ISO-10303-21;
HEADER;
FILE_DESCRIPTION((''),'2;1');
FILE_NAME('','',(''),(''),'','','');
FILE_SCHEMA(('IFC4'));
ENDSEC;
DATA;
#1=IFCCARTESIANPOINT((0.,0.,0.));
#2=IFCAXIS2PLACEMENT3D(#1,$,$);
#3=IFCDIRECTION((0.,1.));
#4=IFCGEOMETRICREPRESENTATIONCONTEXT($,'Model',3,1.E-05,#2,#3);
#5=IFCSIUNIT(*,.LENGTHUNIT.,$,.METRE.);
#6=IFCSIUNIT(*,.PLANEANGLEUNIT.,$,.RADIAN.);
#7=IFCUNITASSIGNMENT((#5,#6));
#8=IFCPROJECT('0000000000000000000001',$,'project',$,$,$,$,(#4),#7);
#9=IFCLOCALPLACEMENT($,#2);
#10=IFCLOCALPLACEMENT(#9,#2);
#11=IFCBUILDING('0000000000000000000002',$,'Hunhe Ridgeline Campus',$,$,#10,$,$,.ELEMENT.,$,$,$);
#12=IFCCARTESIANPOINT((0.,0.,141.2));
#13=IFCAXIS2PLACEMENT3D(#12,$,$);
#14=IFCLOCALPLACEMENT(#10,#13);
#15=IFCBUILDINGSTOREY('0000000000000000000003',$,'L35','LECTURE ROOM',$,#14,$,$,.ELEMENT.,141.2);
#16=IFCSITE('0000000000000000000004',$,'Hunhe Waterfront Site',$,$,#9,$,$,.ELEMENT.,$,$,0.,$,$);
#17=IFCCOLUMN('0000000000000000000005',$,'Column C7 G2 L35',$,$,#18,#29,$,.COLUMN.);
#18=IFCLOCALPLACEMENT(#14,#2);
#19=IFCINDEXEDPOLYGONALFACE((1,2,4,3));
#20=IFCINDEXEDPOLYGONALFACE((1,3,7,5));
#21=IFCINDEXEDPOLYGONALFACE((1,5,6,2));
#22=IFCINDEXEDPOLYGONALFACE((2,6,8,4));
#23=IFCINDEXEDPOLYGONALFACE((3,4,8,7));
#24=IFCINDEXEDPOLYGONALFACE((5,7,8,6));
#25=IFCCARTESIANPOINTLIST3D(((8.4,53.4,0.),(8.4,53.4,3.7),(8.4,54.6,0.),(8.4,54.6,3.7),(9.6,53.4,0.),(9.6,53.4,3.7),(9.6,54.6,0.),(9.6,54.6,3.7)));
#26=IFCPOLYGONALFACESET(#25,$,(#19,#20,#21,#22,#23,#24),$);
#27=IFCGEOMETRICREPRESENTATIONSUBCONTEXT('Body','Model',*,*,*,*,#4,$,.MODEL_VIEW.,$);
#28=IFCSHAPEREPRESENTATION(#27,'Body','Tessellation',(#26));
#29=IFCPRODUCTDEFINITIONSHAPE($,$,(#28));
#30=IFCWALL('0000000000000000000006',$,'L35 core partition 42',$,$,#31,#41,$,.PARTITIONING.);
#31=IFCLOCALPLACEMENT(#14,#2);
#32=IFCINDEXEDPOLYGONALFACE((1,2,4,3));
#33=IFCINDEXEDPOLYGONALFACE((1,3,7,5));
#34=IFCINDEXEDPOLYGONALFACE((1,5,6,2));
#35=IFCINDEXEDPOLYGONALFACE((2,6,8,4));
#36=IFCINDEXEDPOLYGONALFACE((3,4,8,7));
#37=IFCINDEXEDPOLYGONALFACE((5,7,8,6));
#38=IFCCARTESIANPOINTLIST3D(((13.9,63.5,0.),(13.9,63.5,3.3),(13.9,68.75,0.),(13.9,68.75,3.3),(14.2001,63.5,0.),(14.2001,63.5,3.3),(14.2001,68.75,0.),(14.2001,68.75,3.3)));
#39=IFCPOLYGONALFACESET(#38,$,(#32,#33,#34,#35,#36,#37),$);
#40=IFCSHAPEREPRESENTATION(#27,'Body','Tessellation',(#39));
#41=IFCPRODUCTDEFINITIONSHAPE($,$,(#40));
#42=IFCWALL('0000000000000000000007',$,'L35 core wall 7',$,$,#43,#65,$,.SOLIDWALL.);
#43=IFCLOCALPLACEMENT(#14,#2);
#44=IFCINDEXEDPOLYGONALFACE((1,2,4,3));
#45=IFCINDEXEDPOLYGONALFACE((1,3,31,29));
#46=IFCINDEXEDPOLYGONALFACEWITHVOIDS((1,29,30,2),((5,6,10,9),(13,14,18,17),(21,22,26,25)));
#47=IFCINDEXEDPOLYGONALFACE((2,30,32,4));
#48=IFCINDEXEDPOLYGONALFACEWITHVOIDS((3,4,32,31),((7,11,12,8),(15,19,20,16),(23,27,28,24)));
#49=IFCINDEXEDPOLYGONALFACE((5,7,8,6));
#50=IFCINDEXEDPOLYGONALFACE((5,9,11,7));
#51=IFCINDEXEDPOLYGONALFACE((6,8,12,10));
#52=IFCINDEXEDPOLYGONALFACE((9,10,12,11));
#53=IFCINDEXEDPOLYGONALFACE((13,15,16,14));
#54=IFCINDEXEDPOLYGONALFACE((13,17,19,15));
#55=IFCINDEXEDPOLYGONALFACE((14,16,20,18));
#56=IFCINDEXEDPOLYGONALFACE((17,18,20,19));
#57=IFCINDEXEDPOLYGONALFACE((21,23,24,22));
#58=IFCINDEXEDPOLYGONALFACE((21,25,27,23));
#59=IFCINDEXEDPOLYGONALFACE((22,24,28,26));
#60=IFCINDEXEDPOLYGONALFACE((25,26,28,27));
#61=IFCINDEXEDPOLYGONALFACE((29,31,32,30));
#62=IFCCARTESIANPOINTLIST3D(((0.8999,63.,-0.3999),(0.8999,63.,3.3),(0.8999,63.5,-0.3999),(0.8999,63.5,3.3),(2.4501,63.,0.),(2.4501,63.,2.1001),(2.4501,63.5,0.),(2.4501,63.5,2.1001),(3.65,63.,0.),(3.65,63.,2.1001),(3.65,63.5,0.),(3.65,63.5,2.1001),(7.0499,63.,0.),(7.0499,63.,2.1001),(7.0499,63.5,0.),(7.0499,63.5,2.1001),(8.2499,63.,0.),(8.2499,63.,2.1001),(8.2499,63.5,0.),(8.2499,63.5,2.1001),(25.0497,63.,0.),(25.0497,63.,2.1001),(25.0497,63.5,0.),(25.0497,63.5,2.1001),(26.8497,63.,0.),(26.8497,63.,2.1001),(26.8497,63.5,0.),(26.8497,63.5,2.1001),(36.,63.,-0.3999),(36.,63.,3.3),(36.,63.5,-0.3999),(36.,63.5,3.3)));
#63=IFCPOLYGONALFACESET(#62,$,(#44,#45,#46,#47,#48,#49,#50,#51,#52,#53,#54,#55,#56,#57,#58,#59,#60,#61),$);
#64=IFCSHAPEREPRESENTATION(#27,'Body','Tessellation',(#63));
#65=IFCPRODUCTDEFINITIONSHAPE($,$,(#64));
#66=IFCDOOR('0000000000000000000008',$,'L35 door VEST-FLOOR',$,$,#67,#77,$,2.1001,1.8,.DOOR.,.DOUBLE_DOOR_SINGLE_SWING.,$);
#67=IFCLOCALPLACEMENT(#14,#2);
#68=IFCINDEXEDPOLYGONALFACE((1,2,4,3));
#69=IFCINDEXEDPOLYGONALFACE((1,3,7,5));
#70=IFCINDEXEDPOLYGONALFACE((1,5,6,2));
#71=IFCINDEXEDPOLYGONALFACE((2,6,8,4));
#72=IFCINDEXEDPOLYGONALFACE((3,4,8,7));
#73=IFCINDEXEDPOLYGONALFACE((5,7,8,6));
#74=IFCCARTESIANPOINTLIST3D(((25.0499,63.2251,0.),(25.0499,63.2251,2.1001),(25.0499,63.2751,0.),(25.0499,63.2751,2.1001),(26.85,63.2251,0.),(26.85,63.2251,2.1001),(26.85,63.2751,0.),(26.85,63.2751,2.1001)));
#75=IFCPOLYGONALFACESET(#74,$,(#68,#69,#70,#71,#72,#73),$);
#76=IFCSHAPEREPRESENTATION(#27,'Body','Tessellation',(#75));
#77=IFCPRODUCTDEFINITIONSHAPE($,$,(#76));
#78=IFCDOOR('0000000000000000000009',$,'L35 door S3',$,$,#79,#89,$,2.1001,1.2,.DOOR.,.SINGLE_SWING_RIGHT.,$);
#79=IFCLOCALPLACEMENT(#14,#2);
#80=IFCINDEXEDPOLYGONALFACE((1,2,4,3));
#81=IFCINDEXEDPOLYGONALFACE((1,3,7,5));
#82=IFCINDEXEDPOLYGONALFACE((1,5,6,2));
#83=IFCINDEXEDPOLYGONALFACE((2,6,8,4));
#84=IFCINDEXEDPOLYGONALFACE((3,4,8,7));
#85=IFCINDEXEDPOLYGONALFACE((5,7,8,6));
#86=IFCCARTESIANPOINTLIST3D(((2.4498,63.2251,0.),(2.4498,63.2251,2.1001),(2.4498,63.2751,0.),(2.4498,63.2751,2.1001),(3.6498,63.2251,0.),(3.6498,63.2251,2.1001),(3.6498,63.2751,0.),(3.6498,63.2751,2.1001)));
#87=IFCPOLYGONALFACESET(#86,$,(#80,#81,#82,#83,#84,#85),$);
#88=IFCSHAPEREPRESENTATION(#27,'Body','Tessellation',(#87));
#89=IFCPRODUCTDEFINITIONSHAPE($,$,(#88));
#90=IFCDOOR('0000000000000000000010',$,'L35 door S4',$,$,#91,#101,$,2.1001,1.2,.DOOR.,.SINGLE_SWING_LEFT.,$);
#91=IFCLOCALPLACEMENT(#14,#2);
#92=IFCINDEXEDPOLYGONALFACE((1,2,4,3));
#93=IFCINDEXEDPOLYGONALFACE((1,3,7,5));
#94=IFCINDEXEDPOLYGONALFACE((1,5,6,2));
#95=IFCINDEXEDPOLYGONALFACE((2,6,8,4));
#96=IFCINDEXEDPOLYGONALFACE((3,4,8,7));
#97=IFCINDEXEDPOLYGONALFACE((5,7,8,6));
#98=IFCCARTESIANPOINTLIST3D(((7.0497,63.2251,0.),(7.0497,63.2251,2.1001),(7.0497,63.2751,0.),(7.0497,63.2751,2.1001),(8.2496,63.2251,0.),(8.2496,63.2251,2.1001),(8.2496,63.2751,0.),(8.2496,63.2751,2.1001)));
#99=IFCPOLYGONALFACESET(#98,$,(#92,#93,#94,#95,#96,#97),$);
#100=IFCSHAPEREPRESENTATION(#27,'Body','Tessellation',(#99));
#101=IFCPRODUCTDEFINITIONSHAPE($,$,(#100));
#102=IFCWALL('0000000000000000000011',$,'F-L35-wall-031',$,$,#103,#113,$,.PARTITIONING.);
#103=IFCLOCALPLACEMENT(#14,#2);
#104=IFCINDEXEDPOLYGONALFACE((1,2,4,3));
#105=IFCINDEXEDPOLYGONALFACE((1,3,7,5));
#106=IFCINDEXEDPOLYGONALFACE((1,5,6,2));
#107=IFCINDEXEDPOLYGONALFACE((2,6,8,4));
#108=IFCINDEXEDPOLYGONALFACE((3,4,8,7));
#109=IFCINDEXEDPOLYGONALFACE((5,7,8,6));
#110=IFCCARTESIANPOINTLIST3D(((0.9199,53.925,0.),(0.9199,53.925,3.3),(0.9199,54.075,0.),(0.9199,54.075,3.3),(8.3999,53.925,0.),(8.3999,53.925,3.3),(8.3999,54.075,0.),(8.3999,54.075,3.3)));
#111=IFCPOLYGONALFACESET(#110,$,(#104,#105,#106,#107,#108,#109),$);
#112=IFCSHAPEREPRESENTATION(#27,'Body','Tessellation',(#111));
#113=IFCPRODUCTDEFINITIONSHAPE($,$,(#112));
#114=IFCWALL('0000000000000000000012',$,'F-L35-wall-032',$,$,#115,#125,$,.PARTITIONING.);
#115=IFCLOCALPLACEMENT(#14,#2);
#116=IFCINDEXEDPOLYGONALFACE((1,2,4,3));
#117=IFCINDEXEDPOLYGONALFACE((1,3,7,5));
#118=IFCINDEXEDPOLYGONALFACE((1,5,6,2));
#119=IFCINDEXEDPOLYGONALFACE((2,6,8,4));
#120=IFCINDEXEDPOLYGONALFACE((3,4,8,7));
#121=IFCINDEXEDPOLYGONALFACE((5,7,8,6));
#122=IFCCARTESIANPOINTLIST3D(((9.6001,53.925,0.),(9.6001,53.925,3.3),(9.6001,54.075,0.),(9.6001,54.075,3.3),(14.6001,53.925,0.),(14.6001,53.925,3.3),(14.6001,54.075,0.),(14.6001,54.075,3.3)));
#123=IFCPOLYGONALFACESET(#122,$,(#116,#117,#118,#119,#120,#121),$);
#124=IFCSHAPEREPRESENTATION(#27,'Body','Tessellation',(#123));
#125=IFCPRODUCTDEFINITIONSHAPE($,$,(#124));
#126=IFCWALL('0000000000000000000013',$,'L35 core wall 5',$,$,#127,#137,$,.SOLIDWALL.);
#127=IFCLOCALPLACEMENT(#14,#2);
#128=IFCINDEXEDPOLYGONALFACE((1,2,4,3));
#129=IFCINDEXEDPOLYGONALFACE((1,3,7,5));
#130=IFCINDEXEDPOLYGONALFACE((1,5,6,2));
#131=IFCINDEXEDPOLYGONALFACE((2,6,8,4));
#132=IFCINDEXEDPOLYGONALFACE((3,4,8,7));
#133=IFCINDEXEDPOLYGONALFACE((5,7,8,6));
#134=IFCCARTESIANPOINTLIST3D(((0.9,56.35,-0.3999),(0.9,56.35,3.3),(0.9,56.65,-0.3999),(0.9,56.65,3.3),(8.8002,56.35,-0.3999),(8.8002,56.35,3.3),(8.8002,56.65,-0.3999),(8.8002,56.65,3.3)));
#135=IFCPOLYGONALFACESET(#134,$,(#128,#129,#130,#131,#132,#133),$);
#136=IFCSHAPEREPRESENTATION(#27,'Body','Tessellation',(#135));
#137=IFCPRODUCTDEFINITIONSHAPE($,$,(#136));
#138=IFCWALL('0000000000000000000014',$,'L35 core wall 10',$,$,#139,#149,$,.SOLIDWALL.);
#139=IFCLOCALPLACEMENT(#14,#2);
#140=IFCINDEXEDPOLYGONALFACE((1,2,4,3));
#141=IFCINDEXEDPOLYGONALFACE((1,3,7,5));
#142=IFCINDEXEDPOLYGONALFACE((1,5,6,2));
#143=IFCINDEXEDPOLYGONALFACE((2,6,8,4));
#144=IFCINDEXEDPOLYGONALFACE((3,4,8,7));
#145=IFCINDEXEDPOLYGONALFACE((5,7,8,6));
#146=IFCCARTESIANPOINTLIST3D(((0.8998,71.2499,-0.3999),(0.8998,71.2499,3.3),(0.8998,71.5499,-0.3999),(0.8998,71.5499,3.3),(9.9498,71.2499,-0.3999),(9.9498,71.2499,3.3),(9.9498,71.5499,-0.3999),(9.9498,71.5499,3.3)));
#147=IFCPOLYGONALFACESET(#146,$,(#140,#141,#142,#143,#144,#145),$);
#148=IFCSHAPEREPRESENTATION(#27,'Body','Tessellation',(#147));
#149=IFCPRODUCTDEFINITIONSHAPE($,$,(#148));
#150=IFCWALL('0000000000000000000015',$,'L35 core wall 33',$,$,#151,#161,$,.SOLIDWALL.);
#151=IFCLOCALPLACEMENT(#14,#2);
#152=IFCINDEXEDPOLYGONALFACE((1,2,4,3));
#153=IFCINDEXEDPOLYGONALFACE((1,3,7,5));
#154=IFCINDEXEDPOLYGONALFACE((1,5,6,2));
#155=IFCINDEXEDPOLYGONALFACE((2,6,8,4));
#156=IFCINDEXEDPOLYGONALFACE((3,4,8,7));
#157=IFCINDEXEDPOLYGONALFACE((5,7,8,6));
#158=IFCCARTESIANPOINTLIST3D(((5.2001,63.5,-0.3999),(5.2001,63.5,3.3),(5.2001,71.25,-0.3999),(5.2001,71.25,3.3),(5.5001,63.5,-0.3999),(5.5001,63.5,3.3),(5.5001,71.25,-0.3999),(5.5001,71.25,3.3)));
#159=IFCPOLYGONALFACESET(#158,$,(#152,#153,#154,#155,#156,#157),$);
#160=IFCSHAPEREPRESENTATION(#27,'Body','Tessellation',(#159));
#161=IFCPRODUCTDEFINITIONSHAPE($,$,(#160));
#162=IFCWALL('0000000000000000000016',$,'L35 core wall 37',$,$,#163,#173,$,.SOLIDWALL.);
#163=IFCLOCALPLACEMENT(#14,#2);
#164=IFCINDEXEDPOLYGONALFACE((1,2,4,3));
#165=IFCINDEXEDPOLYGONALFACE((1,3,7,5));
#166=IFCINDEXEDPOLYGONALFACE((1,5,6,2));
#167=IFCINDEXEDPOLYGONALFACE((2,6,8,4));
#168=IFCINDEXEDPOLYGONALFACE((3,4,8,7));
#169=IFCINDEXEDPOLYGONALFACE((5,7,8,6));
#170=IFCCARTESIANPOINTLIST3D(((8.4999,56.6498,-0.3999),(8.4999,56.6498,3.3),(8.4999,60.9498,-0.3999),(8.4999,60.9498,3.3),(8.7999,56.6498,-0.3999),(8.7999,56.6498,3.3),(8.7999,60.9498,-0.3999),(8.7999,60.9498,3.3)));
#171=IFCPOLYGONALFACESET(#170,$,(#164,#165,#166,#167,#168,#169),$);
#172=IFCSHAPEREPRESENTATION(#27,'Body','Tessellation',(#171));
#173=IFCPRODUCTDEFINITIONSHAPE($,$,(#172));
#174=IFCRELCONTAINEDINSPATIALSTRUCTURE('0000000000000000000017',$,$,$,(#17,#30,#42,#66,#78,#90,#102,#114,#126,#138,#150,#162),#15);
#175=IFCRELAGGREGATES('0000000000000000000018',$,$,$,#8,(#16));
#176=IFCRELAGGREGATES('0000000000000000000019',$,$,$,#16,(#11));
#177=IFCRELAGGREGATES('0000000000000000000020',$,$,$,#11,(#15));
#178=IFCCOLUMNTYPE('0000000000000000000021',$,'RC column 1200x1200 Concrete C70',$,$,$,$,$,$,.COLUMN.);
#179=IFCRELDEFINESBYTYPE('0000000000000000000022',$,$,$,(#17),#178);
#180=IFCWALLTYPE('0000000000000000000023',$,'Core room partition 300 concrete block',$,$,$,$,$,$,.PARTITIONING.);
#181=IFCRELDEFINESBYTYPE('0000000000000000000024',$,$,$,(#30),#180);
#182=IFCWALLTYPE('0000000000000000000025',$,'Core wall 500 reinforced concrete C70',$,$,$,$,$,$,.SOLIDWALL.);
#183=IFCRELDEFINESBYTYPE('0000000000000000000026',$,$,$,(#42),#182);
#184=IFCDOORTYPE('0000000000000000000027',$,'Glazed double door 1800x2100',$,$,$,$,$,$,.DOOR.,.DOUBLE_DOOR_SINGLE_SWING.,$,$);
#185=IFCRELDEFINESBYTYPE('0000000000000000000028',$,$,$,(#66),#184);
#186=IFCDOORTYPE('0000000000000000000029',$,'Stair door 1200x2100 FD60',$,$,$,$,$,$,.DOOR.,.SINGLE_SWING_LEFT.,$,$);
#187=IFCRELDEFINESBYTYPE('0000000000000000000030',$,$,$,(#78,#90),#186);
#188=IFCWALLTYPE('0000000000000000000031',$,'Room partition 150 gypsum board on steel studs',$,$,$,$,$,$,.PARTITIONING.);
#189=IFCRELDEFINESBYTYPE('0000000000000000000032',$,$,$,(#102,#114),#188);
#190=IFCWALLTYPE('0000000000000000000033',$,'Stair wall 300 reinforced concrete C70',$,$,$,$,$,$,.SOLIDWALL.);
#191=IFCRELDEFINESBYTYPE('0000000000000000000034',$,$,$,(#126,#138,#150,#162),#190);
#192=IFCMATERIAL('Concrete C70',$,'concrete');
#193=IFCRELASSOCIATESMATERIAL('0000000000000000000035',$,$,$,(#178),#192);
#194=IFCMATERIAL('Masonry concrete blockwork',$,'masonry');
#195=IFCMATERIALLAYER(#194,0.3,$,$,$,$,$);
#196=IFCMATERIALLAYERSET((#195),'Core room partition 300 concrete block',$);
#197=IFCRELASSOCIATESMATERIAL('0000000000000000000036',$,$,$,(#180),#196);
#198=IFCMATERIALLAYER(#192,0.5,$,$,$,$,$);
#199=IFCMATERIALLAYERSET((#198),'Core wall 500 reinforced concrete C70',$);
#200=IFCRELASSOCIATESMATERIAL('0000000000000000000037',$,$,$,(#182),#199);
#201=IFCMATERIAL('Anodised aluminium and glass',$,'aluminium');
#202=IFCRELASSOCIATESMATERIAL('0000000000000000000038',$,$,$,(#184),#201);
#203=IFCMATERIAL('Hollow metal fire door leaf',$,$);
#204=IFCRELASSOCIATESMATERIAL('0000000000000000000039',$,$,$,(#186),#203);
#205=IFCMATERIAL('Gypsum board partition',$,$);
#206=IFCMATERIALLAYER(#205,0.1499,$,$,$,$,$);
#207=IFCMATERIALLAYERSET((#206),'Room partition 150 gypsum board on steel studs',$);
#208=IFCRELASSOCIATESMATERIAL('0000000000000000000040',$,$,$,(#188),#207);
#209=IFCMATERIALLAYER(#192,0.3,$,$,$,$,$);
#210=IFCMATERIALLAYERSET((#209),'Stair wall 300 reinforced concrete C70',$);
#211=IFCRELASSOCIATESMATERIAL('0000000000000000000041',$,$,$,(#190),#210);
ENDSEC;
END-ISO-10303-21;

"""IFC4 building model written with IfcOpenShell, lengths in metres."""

from ifc_helpers import new_model, si_unit, direction, frame, frame_2d, origin, origin_2d, place, context, subcontext, project, spatial, rectangle, extrude, material, layer, layer_set, material_profile, profile_set, type_object, element, fill, save


model = new_model("IFC4")

# Units and contexts
model_context = context("Model", 3, precision=1e-05, world=origin(), true_north=direction((0.0, 1.0)))
body_context = subcontext(model_context, "Body", "Model", "MODEL_VIEW")
ifc_project = project(units=[si_unit("LENGTHUNIT", "METRE"), si_unit("PLANEANGLEUNIT", "RADIAN")], contexts=[model_context])

# Site, building, storey
site_placement = place(None, origin())
site = spatial("IfcSite", under=ifc_project, at=site_placement, Name="Hunhe Waterfront Site", CompositionType="ELEMENT", RefElevation=0.0)
building_placement = place(site_placement, origin())
building = spatial("IfcBuilding", under=site, at=building_placement, Name="Hunhe Ridgeline Campus", CompositionType="ELEMENT")
storey_placement = place(building_placement, frame((0.0, 0.0, 141.2)))
storey = spatial("IfcBuildingStorey", under=building, at=storey_placement, Name="L35", Description="LECTURE ROOM", CompositionType="ELEMENT", Elevation=141.2)

# Column
ifc_material_1 = material(Name="Concrete C70", Category="concrete")
ifc_material_profile = material_profile(ifc_material_1, rectangle(XDim=1.2, YDim=1.2, at=origin_2d()))
ifc_profile_set = profile_set([ifc_material_profile], Name="Concrete C70")
column_type = type_object("IfcColumnType", Name="RC column 1200x1200 Concrete C70", PredefinedType="COLUMN", material=ifc_profile_set)
column_placement = place(storey_placement, frame((9.0, 54.0, 0.0), z_axis=(0.0, 0.0, 1.0), x_axis=(1.0, 0.0, 0.0)))
element("IfcColumn", 1, at=column_placement, inside=storey, type_object=column_type, Name="Column C7 G2 L35", PredefinedType="COLUMN", context=body_context, shape_type="SweptSolid", body=[
    extrude(rectangle(XDim=1.2, YDim=1.2, at=origin_2d()), origin(), (0.0, 0.0, 1.0), 3.7),
])

# Shared definitions
ifc_material_2 = material(Name="Masonry concrete blockwork", Category="masonry")
ifc_layer_1 = layer(ifc_material_2, 0.3)
ifc_layer_set_1 = layer_set([ifc_layer_1], Name="Core room partition 300 concrete block")
wall_type_1 = type_object("IfcWallType", Name="Core room partition 300 concrete block", PredefinedType="PARTITIONING", material=ifc_layer_set_1)

# Wall
wall_1_placement = place(storey_placement, frame((14.05, 63.5, 0.0), z_axis=(0.0, 0.0, 1.0), x_axis=(0.0, 1.0, 0.0)))
element("IfcWall", 2, at=wall_1_placement, inside=storey, type_object=wall_type_1, Name="L35 core partition 42", PredefinedType="PARTITIONING", context=body_context, shape_type="SweptSolid", body=[
    extrude(rectangle(XDim=5.25, YDim=0.3, at=frame_2d((2.625, 0.0))), origin(), (0.0, 0.0, 1.0), 3.3),
])

# Wall, openings, doors
ifc_layer_2 = layer(ifc_material_1, 0.5)
ifc_layer_set_2 = layer_set([ifc_layer_2], Name="Core wall 500 reinforced concrete C70")
wall_type_2 = type_object("IfcWallType", Name="Core wall 500 reinforced concrete C70", PredefinedType="SOLIDWALL", material=ifc_layer_set_2)
wall_2_placement = place(storey_placement, frame((0.8999, 63.25, -0.3999), z_axis=(0.0, 0.0, 1.0), x_axis=(1.0, 0.0, 0.0)))
wall_2 = element("IfcWall", 3, at=wall_2_placement, inside=storey, type_object=wall_type_2, Name="L35 core wall 7", PredefinedType="SOLIDWALL", context=body_context, shape_type="SweptSolid", body=[
    extrude(rectangle(XDim=35.1001, YDim=0.5, at=frame_2d((17.55, 0.0))), origin(), (0.0, 0.0, 1.0), 3.7),
])
opening_1_placement = place(wall_2_placement, frame((24.1499, 0.0, 0.3999)))
opening_1 = element("IfcOpeningElement", 4, at=opening_1_placement, cuts=wall_2, PredefinedType="OPENING", context=body_context, shape_type="SweptSolid", body=[
    extrude(rectangle(XDim=1.8, YDim=2.1001, at=frame_2d((0.8999, 1.05))), frame((0.0, 0.25, 0.0), z_axis=(0.0, -1.0, 0.0), x_axis=(1.0, 0.0, 0.0)), (0.0, 0.0, 1.0), 0.5),
])
opening_2_placement = place(wall_2_placement, frame((1.55, 0.0, 0.3999)))
opening_2 = element("IfcOpeningElement", 5, at=opening_2_placement, cuts=wall_2, PredefinedType="OPENING", context=body_context, shape_type="SweptSolid", body=[
    extrude(rectangle(XDim=1.2, YDim=2.1001, at=frame_2d((0.6001, 1.05))), frame((0.0, 0.25, 0.0), z_axis=(0.0, -1.0, 0.0), x_axis=(1.0, 0.0, 0.0)), (0.0, 0.0, 1.0), 0.5),
])
opening_3_placement = place(wall_2_placement, frame((6.1499, 0.0, 0.3999)))
opening_3 = element("IfcOpeningElement", 6, at=opening_3_placement, cuts=wall_2, PredefinedType="OPENING", context=body_context, shape_type="SweptSolid", body=[
    extrude(rectangle(XDim=1.2, YDim=2.1001, at=frame_2d((0.6001, 1.05))), frame((0.0, 0.25, 0.0), z_axis=(0.0, -1.0, 0.0), x_axis=(1.0, 0.0, 0.0)), (0.0, 0.0, 1.0), 0.5),
])
ifc_material_3 = material(Name="Anodised aluminium and glass", Category="aluminium")
door_type_1 = type_object("IfcDoorType", Name="Glazed double door 1800x2100", OperationType="DOUBLE_DOOR_SINGLE_SWING", PredefinedType="DOOR", material=ifc_material_3)
door_1_placement = place(opening_1_placement, frame((1.8, 0.0, 0.0), z_axis=(0.0, 0.0, 1.0), x_axis=(-1.0, 0.0, 0.0)))
door_1 = element("IfcDoor", 7, at=door_1_placement, inside=storey, type_object=door_type_1, Name="L35 door VEST-FLOOR", OperationType="DOUBLE_DOOR_SINGLE_SWING", OverallHeight=2.1001, OverallWidth=1.8, PredefinedType="DOOR", context=body_context, shape_type="SweptSolid", body=[
    extrude(rectangle(XDim=1.8, YDim=2.1001, at=frame_2d((0.8999, 1.05))), frame((0.0, 0.0249, 0.0), z_axis=(0.0, -1.0, 0.0), x_axis=(1.0, 0.0, 0.0)), (0.0, 0.0, 1.0), 0.05),
])
fill(opening_1, door_1)
ifc_material_4 = material(Name="Hollow metal fire door leaf")
door_type_2 = type_object("IfcDoorType", Name="Stair door 1200x2100 FD60", OperationType="SINGLE_SWING_LEFT", PredefinedType="DOOR", material=ifc_material_4)
door_2_placement = place(opening_2_placement, frame((1.2, 0.0, 0.0), z_axis=(0.0, 0.0, 1.0), x_axis=(-1.0, 0.0, 0.0)))
door_2 = element("IfcDoor", 8, at=door_2_placement, inside=storey, type_object=door_type_2, Name="L35 door S3", OperationType="SINGLE_SWING_RIGHT", OverallHeight=2.1001, OverallWidth=1.2, PredefinedType="DOOR", context=body_context, shape_type="SweptSolid", body=[
    extrude(rectangle(XDim=1.2, YDim=2.1001, at=frame_2d((0.6001, 1.05))), frame((0.0, 0.0249, 0.0), z_axis=(0.0, -1.0, 0.0), x_axis=(1.0, 0.0, 0.0)), (0.0, 0.0, 1.0), 0.05),
])
fill(opening_2, door_2)
door_3_placement = place(opening_3_placement, frame((1.2, 0.0, 0.0), z_axis=(0.0, 0.0, 1.0), x_axis=(-1.0, 0.0, 0.0)))
door_3 = element("IfcDoor", 9, at=door_3_placement, inside=storey, type_object=door_type_2, Name="L35 door S4", OperationType="SINGLE_SWING_LEFT", OverallHeight=2.1001, OverallWidth=1.2, PredefinedType="DOOR", context=body_context, shape_type="SweptSolid", body=[
    extrude(rectangle(XDim=1.2, YDim=2.1001, at=frame_2d((0.6001, 1.05))), frame((0.0, 0.0249, 0.0), z_axis=(0.0, -1.0, 0.0), x_axis=(1.0, 0.0, 0.0)), (0.0, 0.0, 1.0), 0.05),
])
fill(opening_3, door_3)

# Walls
ifc_material_5 = material(Name="Gypsum board partition")
ifc_layer_3 = layer(ifc_material_5, 0.1499)
ifc_layer_set_3 = layer_set([ifc_layer_3], Name="Room partition 150 gypsum board on steel studs")
wall_type_3 = type_object("IfcWallType", Name="Room partition 150 gypsum board on steel studs", PredefinedType="PARTITIONING", material=ifc_layer_set_3)
wall_3_placement = place(storey_placement, frame((0.9199, 54.0, 0.0), z_axis=(0.0, 0.0, 1.0), x_axis=(1.0, 0.0, 0.0)))
element("IfcWall", 10, at=wall_3_placement, inside=storey, type_object=wall_type_3, Name="F-L35-wall-031", PredefinedType="PARTITIONING", context=body_context, shape_type="SweptSolid", body=[
    extrude(rectangle(XDim=7.48, YDim=0.1499, at=frame_2d((3.74, 0.0))), origin(), (0.0, 0.0, 1.0), 3.3),
])
wall_4_placement = place(storey_placement, frame((9.6001, 54.0, 0.0), z_axis=(0.0, 0.0, 1.0), x_axis=(1.0, 0.0, 0.0)))
element("IfcWall", 11, at=wall_4_placement, inside=storey, type_object=wall_type_3, Name="F-L35-wall-032", PredefinedType="PARTITIONING", context=body_context, shape_type="SweptSolid", body=[
    extrude(rectangle(XDim=5.0, YDim=0.1499, at=frame_2d((2.5, 0.0))), origin(), (0.0, 0.0, 1.0), 3.3),
])
ifc_layer_4 = layer(ifc_material_1, 0.3)
ifc_layer_set_4 = layer_set([ifc_layer_4], Name="Stair wall 300 reinforced concrete C70")
wall_type_4 = type_object("IfcWallType", Name="Stair wall 300 reinforced concrete C70", PredefinedType="SOLIDWALL", material=ifc_layer_set_4)
wall_5_placement = place(storey_placement, frame((0.8999, 56.5, -0.3999), z_axis=(0.0, 0.0, 1.0), x_axis=(1.0, 0.0, 0.0)))
element("IfcWall", 12, at=wall_5_placement, inside=storey, type_object=wall_type_4, Name="L35 core wall 5", PredefinedType="SOLIDWALL", context=body_context, shape_type="SweptSolid", body=[
    extrude(rectangle(XDim=7.9001, YDim=0.3, at=frame_2d((3.9502, 0.0))), origin(), (0.0, 0.0, 1.0), 3.7),
])

# Walls
wall_6_placement = place(storey_placement, frame((0.8999, 71.3999, -0.3999), z_axis=(0.0, 0.0, 1.0), x_axis=(1.0, 0.0, 0.0)))
element("IfcWall", 13, at=wall_6_placement, inside=storey, type_object=wall_type_4, Name="L35 core wall 10", PredefinedType="SOLIDWALL", context=body_context, shape_type="SweptSolid", body=[
    extrude(rectangle(XDim=9.05, YDim=0.3, at=frame_2d((4.5249, 0.0))), origin(), (0.0, 0.0, 1.0), 3.7),
])
wall_7_placement = place(storey_placement, frame((5.3501, 63.5, -0.3999), z_axis=(0.0, 0.0, 1.0), x_axis=(0.0, 1.0, 0.0)))
element("IfcWall", 14, at=wall_7_placement, inside=storey, type_object=wall_type_4, Name="L35 core wall 33", PredefinedType="SOLIDWALL", context=body_context, shape_type="SweptSolid", body=[
    extrude(rectangle(XDim=7.75, YDim=0.3, at=frame_2d((3.875, 0.0))), origin(), (0.0, 0.0, 1.0), 3.7),
])
wall_8_placement = place(storey_placement, frame((8.6499, 56.6499, -0.3999), z_axis=(0.0, 0.0, 1.0), x_axis=(0.0, 1.0, 0.0)))
element("IfcWall", 15, at=wall_8_placement, inside=storey, type_object=wall_type_4, Name="L35 core wall 37", PredefinedType="SOLIDWALL", context=body_context, shape_type="SweptSolid", body=[
    extrude(rectangle(XDim=4.3, YDim=0.3, at=frame_2d((2.1499, 0.0))), origin(), (0.0, 0.0, 1.0), 3.7),
])

save(model, "model.ifc")
